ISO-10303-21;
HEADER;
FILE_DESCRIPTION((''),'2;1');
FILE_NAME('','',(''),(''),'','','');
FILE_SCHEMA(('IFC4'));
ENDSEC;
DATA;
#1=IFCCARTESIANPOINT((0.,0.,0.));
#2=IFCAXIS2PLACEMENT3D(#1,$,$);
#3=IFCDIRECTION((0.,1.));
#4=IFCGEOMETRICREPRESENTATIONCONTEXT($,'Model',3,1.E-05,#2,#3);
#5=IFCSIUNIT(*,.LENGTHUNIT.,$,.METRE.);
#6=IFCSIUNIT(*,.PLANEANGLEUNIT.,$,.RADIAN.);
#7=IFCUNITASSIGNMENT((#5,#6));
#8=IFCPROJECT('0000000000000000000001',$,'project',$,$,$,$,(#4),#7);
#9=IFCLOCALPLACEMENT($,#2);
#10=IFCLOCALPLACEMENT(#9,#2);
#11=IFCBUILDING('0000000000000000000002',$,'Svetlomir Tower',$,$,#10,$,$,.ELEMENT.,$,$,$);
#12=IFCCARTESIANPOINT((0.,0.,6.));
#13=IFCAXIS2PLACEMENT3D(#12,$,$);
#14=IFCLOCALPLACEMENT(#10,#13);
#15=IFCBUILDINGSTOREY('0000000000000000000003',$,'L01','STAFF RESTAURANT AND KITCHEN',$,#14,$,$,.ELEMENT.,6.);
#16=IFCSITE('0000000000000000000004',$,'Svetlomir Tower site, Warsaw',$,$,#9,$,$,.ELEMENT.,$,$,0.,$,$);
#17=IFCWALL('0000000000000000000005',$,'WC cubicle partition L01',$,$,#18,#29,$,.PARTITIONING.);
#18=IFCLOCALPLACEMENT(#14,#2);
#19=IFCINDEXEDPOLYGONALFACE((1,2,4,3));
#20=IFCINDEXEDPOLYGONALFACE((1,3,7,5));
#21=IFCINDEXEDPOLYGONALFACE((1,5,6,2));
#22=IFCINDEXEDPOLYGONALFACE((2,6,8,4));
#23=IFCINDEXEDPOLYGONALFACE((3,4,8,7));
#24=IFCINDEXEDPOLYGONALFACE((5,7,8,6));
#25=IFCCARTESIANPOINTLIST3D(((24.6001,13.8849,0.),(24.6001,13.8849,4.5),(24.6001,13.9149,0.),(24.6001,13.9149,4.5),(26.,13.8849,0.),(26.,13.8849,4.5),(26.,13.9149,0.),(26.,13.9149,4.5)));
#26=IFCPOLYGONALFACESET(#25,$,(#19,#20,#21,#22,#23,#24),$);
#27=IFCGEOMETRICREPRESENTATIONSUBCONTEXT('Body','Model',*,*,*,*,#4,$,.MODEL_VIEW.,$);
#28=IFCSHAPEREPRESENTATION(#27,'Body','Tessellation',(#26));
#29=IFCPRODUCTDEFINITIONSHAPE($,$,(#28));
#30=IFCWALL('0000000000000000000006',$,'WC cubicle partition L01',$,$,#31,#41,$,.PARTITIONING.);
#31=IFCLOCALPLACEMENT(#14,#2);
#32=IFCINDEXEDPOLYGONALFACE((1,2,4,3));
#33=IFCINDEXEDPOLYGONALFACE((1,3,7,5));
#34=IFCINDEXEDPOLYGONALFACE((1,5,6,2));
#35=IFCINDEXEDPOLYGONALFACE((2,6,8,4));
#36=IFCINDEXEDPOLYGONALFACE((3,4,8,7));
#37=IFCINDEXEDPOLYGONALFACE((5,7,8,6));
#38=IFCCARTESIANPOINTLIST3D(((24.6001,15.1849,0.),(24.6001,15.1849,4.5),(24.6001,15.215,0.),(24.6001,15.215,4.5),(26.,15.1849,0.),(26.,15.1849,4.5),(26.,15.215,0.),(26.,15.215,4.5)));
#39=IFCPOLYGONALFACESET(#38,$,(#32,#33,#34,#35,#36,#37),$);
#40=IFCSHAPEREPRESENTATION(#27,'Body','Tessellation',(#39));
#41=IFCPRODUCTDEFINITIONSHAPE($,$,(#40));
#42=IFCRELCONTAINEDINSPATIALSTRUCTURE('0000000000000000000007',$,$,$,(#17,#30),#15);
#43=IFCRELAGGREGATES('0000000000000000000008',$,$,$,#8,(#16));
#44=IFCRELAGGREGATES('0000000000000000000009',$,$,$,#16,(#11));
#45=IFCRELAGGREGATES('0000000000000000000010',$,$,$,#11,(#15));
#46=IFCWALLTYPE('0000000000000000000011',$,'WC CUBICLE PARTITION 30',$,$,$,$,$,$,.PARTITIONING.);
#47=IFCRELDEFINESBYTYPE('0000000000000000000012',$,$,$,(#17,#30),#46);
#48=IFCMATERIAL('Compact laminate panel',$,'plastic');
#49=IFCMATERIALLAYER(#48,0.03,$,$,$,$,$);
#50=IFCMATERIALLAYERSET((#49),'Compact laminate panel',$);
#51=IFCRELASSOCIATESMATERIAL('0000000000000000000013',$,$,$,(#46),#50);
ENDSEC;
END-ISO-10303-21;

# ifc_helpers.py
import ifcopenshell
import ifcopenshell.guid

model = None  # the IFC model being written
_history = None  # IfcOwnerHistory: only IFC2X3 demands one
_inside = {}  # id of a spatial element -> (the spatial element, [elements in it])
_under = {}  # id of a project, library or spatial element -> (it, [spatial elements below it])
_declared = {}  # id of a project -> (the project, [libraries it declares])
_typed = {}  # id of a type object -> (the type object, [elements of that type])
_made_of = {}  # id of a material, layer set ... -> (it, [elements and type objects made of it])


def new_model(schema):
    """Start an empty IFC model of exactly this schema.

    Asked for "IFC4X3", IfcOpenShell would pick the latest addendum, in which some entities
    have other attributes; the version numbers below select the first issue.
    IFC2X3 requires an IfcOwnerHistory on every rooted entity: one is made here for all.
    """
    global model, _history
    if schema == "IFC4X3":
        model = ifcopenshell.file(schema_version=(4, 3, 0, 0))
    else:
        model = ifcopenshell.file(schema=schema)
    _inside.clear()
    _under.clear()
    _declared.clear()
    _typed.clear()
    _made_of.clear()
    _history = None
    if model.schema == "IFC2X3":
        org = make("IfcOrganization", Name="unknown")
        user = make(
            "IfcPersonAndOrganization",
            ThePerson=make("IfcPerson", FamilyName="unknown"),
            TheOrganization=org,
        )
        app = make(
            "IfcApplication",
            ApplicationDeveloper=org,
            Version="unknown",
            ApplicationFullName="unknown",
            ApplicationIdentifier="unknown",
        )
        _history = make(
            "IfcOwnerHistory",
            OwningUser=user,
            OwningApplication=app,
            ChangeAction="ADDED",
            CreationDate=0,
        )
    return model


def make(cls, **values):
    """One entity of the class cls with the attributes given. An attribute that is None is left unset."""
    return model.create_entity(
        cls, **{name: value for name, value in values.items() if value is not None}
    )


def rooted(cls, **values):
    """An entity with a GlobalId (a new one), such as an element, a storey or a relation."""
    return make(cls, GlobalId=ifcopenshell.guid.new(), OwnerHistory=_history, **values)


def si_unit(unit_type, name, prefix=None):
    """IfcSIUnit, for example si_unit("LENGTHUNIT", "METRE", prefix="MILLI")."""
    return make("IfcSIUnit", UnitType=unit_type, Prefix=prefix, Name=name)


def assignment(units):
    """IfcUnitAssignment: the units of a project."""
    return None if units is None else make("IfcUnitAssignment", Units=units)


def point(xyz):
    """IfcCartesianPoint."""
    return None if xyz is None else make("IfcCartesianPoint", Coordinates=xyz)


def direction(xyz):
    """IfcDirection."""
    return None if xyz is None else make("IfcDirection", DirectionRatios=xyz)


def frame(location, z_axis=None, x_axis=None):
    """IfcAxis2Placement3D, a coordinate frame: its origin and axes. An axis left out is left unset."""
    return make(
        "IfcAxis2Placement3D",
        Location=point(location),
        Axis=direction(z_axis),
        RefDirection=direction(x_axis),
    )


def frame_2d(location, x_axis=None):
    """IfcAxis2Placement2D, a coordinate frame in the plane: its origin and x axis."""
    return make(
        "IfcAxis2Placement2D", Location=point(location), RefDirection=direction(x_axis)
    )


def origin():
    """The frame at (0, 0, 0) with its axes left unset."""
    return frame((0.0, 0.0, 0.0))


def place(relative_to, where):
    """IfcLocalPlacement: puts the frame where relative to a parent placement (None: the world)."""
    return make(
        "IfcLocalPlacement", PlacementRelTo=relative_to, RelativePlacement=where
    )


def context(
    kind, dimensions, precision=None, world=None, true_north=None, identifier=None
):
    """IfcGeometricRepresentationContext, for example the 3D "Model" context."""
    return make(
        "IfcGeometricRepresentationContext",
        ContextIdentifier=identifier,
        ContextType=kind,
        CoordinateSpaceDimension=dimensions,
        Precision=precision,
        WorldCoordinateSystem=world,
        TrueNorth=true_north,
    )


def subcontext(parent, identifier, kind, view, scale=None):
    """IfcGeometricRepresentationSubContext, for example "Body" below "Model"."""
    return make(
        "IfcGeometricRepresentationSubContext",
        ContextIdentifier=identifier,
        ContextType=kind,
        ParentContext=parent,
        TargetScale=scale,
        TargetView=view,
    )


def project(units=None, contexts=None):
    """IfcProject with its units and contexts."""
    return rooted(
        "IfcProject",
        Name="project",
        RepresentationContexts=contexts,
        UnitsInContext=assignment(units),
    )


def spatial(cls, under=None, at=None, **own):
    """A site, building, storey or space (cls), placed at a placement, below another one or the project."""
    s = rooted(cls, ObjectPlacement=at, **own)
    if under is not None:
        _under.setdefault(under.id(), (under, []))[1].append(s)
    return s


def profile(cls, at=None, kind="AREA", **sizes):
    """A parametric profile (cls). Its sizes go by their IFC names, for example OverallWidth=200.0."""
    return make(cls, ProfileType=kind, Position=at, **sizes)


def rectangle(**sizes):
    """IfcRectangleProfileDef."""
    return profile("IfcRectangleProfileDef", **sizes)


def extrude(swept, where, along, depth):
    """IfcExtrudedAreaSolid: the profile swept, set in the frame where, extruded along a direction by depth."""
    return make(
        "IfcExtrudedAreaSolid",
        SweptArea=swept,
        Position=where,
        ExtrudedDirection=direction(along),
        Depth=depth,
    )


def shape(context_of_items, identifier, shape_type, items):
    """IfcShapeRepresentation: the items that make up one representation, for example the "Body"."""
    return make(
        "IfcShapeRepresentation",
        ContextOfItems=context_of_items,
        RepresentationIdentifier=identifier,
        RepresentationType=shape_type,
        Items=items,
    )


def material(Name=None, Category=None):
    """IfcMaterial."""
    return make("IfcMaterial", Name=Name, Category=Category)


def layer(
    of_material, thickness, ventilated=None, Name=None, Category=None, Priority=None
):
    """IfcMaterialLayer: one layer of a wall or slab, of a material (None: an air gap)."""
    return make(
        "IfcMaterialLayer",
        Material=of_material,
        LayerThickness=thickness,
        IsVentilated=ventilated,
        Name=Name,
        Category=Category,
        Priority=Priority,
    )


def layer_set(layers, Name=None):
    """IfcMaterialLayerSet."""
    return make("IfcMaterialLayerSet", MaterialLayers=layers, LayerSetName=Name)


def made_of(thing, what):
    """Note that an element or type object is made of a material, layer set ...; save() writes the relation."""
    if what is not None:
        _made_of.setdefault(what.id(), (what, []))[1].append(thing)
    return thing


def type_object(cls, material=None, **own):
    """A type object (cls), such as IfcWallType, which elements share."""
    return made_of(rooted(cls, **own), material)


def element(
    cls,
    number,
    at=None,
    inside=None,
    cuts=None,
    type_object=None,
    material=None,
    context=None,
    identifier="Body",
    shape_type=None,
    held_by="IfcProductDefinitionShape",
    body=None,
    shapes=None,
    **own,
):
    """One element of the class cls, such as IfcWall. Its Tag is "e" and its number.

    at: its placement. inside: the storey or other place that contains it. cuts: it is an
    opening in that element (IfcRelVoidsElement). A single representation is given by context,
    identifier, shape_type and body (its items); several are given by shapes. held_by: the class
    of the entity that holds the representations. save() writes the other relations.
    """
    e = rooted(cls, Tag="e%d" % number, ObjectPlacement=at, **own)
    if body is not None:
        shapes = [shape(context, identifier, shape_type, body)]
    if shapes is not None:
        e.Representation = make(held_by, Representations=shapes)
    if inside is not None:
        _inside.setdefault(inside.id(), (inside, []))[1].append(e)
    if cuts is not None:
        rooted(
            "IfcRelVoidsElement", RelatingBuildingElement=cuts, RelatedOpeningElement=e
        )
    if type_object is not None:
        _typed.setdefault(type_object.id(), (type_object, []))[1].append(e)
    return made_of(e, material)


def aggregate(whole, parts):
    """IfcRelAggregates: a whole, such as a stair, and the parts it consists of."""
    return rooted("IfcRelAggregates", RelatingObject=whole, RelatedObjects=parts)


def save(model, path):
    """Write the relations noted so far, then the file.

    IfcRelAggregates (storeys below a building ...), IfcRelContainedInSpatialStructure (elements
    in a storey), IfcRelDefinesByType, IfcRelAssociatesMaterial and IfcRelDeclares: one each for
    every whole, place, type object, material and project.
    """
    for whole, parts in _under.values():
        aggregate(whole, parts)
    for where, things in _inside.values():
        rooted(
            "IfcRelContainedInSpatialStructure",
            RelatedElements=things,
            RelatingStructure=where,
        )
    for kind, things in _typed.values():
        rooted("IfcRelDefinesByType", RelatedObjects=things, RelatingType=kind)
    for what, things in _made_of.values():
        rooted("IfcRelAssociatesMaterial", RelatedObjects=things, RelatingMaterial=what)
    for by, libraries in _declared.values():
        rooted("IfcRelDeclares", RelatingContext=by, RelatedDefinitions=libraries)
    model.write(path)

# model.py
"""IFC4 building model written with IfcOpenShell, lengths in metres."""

from ifc_helpers import new_model, si_unit, direction, frame, frame_2d, origin, place, context, subcontext, project, spatial, rectangle, extrude, material, layer, layer_set, type_object, element, save


model = new_model("IFC4")

# Units and contexts
model_context = context("Model", 3, precision=1e-05, world=origin(), true_north=direction((0.0, 1.0)))
body_context = subcontext(model_context, "Body", "Model", "MODEL_VIEW")
ifc_project = project(units=[si_unit("LENGTHUNIT", "METRE"), si_unit("PLANEANGLEUNIT", "RADIAN")], contexts=[model_context])

# Site, building, storey
site_placement = place(None, origin())
site = spatial("IfcSite", under=ifc_project, at=site_placement, Name="Svetlomir Tower site, Warsaw", CompositionType="ELEMENT", RefElevation=0.0)
building_placement = place(site_placement, origin())
building = spatial("IfcBuilding", under=site, at=building_placement, Name="Svetlomir Tower", CompositionType="ELEMENT")
storey_placement = place(building_placement, frame((0.0, 0.0, 6.0)))
storey = spatial("IfcBuildingStorey", under=building, at=storey_placement, Name="L01", Description="STAFF RESTAURANT AND KITCHEN", CompositionType="ELEMENT", Elevation=6.0)

# Walls
ifc_material_1 = material(Name="Compact laminate panel", Category="plastic")
ifc_layer_1 = layer(ifc_material_1, 0.03)
ifc_layer_set_1 = layer_set([ifc_layer_1], Name="Compact laminate panel")
wall_type_1 = type_object("IfcWallType", Name="WC CUBICLE PARTITION 30", PredefinedType="PARTITIONING", material=ifc_layer_set_1)
for number, where, z_axis, x_axis, name in (
    (1, (24.6001, 13.8999, 0.0), (0.0, 0.0, 1.0), (1.0, 0.0, 0.0), "WC cubicle partition L01"),
    (2, (24.6001, 15.2, 0.0), (0.0, 0.0, 1.0), (1.0, 0.0, 0.0), "WC cubicle partition L01"),
):
    element("IfcWall", number, at=place(storey_placement, frame(where, z_axis=z_axis, x_axis=x_axis)), inside=storey, type_object=wall_type_1, Name=name, PredefinedType="PARTITIONING", context=body_context, shape_type="SweptSolid", body=[
        extrude(rectangle(XDim=1.3999, YDim=0.03, at=frame_2d((0.7, 0.0))), origin(), (0.0, 0.0, 1.0), 4.5),
    ])

save(model, "model.ifc")
